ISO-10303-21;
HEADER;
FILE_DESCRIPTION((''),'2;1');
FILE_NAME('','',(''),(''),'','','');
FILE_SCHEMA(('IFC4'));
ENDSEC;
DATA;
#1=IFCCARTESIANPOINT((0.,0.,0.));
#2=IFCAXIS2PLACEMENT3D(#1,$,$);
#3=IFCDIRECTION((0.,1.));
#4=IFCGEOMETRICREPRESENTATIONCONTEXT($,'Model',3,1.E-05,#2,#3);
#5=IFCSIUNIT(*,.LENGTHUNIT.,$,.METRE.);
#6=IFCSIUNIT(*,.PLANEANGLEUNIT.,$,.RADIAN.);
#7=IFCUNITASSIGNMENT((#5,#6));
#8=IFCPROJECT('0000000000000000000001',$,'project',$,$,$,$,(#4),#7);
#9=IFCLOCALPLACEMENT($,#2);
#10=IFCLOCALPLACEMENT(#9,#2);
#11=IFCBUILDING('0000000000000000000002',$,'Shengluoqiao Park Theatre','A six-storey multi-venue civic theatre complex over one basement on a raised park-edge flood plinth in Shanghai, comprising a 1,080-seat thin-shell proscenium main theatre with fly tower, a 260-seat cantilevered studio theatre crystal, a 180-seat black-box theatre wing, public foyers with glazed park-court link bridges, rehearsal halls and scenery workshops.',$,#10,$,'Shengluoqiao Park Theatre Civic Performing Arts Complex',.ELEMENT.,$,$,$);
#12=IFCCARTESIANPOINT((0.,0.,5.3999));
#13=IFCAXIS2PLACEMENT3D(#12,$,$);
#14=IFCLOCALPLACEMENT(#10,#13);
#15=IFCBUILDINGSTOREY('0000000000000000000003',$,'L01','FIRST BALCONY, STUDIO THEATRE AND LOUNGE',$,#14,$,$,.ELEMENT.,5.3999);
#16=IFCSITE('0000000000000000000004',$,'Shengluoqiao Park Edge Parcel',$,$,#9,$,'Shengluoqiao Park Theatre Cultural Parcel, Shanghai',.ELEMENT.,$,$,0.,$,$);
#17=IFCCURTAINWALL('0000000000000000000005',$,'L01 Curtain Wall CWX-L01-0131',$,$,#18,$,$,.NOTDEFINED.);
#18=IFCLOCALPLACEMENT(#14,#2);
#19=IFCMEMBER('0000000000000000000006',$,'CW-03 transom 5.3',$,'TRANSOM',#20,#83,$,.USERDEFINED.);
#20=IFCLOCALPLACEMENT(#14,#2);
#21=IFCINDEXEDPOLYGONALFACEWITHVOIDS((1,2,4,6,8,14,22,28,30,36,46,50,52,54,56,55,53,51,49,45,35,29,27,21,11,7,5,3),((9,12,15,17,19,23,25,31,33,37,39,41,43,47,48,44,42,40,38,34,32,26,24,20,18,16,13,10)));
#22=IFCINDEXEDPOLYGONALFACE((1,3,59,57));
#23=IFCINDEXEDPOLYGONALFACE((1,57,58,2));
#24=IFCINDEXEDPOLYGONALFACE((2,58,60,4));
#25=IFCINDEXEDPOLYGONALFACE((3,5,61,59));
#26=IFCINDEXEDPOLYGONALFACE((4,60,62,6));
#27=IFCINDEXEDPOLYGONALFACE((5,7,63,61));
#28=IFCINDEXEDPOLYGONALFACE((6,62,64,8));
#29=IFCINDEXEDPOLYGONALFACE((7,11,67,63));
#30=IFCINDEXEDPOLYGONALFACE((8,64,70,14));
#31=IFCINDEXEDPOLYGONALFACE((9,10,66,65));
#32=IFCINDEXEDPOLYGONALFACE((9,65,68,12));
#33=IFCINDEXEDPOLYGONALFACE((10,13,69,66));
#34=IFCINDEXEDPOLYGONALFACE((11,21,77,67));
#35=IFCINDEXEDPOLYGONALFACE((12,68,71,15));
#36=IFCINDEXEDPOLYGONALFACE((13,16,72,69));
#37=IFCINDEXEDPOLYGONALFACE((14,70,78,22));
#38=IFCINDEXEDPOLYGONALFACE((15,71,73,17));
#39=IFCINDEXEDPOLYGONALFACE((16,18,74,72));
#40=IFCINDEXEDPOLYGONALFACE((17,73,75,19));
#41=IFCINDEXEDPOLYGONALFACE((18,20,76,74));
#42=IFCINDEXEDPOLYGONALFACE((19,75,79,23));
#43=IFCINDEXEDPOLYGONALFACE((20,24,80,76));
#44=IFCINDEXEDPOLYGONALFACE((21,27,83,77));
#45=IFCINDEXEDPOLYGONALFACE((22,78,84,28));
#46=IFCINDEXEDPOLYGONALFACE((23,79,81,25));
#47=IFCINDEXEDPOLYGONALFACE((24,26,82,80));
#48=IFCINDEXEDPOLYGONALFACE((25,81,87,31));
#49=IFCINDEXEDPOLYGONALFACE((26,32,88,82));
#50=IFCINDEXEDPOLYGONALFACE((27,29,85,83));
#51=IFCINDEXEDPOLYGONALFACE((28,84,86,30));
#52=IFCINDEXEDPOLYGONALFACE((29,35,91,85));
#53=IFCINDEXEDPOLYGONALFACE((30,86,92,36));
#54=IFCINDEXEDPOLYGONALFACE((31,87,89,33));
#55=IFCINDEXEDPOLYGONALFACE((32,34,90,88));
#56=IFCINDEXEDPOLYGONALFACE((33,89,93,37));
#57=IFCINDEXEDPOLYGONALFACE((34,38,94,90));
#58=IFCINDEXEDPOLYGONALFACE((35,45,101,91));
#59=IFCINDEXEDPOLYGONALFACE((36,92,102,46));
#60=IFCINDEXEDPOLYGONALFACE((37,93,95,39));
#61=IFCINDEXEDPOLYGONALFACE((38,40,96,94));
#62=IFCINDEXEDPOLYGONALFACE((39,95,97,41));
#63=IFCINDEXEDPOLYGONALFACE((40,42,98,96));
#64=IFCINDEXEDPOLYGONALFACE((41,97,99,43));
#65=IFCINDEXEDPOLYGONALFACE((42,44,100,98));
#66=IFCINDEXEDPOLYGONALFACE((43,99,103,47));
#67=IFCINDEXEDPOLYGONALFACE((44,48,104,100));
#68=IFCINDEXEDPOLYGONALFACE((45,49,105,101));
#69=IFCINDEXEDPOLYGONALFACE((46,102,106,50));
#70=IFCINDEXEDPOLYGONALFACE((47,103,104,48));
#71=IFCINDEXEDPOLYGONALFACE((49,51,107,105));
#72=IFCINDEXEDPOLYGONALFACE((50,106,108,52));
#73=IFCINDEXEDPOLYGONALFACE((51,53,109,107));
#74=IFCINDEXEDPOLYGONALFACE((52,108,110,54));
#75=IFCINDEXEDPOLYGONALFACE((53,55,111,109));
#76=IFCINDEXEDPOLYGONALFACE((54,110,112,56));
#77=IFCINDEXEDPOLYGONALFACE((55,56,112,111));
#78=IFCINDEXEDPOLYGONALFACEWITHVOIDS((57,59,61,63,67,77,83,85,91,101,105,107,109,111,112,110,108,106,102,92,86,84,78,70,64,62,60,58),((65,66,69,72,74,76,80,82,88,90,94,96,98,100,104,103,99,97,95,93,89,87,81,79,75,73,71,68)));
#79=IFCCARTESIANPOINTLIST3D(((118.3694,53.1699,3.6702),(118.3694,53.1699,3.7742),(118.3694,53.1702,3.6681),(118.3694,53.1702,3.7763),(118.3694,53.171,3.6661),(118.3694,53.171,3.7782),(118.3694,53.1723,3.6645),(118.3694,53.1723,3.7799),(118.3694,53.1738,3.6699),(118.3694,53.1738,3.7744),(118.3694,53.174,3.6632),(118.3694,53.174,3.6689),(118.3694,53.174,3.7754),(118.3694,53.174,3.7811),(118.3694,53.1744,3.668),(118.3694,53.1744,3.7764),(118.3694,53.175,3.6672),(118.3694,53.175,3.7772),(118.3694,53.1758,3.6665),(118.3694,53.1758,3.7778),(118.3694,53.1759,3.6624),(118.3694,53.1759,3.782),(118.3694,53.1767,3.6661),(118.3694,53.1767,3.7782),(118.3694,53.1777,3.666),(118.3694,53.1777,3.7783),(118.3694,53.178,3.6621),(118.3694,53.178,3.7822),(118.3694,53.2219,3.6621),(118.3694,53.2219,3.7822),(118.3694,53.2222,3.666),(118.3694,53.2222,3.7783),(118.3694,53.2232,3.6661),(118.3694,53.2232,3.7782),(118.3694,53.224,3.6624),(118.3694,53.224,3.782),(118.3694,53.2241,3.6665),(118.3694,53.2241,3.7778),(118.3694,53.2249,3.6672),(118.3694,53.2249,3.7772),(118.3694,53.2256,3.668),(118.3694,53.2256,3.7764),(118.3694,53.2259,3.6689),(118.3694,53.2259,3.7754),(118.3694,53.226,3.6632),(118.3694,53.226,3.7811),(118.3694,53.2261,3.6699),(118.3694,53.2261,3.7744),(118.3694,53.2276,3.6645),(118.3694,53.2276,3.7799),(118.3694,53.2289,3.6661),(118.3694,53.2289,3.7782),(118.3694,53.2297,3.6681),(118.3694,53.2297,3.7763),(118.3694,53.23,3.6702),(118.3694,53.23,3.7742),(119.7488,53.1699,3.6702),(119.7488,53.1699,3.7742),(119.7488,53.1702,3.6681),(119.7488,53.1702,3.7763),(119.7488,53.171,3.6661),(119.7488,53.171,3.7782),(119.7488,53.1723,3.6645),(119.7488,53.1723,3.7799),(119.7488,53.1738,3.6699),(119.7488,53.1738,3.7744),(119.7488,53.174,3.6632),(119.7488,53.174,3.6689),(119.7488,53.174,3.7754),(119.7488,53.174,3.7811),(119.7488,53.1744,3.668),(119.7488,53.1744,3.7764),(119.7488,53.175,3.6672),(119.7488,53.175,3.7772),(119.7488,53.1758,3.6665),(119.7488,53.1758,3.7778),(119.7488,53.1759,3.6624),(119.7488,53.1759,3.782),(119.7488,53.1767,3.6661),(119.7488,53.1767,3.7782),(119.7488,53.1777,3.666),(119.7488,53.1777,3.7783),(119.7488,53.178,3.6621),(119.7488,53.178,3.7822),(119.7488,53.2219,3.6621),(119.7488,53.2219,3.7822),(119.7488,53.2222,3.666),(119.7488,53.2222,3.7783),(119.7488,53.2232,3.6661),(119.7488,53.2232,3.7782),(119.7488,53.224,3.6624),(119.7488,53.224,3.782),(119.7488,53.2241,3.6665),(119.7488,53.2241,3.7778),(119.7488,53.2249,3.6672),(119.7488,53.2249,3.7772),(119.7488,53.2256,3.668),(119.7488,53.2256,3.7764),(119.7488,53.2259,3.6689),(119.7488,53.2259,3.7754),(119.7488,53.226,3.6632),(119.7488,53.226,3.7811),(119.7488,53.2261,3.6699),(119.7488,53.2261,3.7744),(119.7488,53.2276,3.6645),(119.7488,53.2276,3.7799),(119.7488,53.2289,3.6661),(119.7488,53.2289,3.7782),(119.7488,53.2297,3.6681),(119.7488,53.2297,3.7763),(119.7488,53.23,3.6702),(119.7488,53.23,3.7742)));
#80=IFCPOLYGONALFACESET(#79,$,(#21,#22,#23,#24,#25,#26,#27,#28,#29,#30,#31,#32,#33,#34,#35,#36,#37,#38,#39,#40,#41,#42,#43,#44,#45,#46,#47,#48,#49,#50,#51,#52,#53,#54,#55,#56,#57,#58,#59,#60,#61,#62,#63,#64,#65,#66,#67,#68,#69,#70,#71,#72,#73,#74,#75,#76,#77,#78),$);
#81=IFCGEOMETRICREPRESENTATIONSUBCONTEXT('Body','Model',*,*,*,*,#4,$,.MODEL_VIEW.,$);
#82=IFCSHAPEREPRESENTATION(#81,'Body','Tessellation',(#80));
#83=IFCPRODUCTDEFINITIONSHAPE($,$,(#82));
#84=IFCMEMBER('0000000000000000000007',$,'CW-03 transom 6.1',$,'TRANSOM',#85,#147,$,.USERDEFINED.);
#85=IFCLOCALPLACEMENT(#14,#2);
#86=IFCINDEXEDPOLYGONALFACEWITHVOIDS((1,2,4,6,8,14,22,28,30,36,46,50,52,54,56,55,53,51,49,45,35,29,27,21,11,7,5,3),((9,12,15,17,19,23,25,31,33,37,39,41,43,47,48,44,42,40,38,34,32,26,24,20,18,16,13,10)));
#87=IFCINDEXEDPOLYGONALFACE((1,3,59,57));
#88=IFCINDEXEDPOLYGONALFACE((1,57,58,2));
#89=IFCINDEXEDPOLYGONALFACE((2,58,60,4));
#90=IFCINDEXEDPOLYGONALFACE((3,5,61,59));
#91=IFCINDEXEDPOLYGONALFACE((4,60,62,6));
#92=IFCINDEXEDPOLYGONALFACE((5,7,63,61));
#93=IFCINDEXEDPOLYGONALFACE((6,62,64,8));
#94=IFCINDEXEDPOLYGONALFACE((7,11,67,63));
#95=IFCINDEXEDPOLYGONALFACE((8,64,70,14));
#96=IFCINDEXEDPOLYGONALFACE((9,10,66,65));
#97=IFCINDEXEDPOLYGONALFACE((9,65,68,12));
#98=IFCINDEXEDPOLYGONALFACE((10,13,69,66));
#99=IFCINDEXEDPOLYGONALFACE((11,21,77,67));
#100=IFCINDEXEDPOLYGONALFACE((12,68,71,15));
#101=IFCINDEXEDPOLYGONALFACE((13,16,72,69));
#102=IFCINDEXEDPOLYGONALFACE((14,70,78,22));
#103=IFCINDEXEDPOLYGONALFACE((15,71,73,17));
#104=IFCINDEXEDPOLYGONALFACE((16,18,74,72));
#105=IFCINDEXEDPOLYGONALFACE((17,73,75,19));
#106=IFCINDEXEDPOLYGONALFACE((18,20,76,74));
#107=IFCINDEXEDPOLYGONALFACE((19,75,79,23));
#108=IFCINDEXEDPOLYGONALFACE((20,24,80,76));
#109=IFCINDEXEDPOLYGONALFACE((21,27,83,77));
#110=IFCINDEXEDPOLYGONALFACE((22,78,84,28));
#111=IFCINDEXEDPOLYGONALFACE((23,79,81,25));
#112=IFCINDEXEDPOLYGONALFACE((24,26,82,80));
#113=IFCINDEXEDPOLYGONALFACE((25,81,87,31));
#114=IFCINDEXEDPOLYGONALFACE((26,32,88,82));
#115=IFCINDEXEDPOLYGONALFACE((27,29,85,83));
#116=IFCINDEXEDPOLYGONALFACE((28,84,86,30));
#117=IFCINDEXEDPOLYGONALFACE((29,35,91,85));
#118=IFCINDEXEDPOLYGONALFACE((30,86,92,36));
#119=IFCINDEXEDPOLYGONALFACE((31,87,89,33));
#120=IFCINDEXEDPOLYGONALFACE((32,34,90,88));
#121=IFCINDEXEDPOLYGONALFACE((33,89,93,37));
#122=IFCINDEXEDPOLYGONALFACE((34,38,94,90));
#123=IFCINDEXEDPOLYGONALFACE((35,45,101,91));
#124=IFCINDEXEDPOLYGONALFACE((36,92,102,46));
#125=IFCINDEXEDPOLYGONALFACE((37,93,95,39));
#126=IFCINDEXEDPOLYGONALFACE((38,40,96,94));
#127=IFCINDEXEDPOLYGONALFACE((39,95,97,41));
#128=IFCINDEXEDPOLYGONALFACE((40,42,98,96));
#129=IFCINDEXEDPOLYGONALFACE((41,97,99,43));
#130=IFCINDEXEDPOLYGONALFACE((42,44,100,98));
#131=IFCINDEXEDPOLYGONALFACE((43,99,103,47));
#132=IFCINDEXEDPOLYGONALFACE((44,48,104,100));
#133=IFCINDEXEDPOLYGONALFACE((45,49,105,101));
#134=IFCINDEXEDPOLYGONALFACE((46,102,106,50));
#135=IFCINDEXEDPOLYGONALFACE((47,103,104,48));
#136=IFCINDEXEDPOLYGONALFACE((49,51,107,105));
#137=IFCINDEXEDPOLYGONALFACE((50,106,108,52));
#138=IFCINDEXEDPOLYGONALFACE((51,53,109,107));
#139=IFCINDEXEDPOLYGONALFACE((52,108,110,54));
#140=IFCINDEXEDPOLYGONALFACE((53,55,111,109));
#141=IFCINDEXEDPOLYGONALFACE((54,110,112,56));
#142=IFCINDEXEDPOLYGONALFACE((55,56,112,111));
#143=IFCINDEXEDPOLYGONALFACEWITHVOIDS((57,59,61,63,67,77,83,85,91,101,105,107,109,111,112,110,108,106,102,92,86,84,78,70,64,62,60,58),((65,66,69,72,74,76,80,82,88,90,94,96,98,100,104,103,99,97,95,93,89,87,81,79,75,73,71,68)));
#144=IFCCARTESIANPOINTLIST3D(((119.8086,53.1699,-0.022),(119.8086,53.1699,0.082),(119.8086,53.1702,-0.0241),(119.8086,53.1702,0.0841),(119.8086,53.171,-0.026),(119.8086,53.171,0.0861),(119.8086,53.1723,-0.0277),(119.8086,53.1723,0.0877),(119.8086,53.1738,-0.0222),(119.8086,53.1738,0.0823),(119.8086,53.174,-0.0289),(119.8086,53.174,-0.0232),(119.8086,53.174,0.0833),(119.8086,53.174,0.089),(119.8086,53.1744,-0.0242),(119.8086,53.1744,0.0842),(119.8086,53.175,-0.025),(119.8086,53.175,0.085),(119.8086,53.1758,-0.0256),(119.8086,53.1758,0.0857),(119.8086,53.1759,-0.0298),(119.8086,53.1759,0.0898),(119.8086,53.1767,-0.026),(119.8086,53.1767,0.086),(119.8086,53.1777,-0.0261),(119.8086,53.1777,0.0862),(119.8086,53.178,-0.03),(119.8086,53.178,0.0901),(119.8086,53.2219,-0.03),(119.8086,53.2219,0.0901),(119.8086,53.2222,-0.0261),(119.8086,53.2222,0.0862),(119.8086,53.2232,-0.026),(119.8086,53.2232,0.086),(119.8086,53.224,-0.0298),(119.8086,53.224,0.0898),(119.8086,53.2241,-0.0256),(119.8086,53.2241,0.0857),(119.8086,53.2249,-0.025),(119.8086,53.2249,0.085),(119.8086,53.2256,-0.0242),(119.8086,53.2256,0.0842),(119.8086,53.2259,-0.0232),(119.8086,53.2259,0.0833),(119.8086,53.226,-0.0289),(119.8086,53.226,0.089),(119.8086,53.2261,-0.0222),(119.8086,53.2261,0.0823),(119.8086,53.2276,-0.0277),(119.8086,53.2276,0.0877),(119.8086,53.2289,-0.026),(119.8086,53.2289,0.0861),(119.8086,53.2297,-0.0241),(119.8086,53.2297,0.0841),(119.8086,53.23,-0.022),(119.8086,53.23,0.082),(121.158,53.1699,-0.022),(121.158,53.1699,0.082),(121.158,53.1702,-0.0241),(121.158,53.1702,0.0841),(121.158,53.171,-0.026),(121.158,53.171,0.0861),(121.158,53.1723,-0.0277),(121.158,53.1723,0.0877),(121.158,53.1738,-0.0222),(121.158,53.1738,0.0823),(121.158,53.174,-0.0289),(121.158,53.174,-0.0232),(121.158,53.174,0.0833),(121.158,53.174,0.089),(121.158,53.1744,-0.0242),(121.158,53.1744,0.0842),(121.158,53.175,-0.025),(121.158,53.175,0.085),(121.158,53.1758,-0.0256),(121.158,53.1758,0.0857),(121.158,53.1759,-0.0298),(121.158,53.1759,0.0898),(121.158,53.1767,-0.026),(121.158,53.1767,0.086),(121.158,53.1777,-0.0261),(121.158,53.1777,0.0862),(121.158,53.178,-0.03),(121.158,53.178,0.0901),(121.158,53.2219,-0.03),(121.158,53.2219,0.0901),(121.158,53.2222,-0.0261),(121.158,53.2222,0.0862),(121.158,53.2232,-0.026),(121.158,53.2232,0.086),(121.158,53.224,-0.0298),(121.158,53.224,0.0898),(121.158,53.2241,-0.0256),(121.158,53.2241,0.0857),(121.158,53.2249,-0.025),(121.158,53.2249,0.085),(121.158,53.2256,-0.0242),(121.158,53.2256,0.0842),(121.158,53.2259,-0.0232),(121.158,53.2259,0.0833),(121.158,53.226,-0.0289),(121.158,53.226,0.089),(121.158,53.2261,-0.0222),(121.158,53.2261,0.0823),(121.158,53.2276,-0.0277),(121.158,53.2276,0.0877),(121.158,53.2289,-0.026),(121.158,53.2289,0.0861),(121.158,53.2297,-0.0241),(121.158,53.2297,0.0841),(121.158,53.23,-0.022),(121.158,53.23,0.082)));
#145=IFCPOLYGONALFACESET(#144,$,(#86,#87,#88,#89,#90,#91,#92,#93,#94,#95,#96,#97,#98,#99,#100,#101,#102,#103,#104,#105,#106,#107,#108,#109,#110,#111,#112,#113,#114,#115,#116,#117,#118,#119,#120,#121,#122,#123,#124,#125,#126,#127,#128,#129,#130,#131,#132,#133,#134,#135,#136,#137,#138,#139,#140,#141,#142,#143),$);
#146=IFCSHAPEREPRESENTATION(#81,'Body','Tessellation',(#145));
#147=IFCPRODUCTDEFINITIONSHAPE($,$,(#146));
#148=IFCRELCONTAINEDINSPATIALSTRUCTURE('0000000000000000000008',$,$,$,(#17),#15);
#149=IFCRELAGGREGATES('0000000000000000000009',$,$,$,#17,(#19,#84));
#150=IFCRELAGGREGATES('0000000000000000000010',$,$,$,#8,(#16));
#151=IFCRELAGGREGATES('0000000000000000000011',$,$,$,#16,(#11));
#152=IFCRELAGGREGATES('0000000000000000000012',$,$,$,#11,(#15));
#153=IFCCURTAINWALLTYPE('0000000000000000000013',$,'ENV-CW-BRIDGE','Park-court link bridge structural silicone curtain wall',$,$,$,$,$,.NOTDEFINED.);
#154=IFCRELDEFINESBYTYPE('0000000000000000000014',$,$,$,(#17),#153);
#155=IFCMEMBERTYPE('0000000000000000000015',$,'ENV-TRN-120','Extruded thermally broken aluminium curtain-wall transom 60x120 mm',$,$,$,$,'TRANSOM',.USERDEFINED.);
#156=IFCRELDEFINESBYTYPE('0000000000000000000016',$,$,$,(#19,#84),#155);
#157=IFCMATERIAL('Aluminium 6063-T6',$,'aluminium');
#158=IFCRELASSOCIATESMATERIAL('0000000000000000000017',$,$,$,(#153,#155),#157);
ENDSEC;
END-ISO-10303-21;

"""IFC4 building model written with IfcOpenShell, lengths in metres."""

from ifc_helpers import new_model, si_unit, direction, frame, origin, origin_2d, place, context, subcontext, project, spatial, hollow_rectangle, extrude, material, material_profile, profile_set, type_object, element, aggregate, save


model = new_model("IFC4")

# Units and contexts
model_context = context("Model", 3, precision=1e-05, world=origin(), true_north=direction((0.0, 1.0)))
body_context = subcontext(model_context, "Body", "Model", "MODEL_VIEW")
ifc_project = project(units=[si_unit("LENGTHUNIT", "METRE"), si_unit("PLANEANGLEUNIT", "RADIAN")], contexts=[model_context])

# Site, building, storey
site_placement = place(None, origin())
site = spatial("IfcSite", under=ifc_project, at=site_placement, Name="Shengluoqiao Park Edge Parcel", LongName="Shengluoqiao Park Theatre Cultural Parcel, Shanghai", CompositionType="ELEMENT", RefElevation=0.0)
building_placement = place(site_placement, origin())
building = spatial("IfcBuilding", under=site, at=building_placement, Name="Shengluoqiao Park Theatre", Description="A six-storey multi-venue civic theatre complex over one basement on a raised park-edge flood plinth in Shanghai, comprising a 1,080-seat thin-shell proscenium main theatre with fly tower, a 260-seat cantilevered studio theatre crystal, a 180-seat black-box theatre wing, public foyers with glazed park-court link bridges, rehearsal halls and scenery workshops.", LongName="Shengluoqiao Park Theatre Civic Performing Arts Complex", CompositionType="ELEMENT")
storey_placement = place(building_placement, frame((0.0, 0.0, 5.3999)))
storey = spatial("IfcBuildingStorey", under=building, at=storey_placement, Name="L01", Description="FIRST BALCONY, STUDIO THEATRE AND LOUNGE", CompositionType="ELEMENT", Elevation=5.3999)

# Curtain wall
ifc_material_1 = material(Name="Aluminium 6063-T6", Category="aluminium")
curtain_wall_type = type_object("IfcCurtainWallType", Name="ENV-CW-BRIDGE", Description="Park-court link bridge structural silicone curtain wall", PredefinedType="NOTDEFINED", material=ifc_material_1)
curtain_wall_1_placement = place(storey_placement, origin())
curtain_wall_1 = element("IfcCurtainWall", 1, at=curtain_wall_1_placement, inside=storey, type_object=curtain_wall_type, Name="L01 Curtain Wall CWX-L01-0131", PredefinedType="NOTDEFINED")

# Members
ifc_material_profile_1 = material_profile(ifc_material_1, hollow_rectangle(XDim=0.0601, YDim=0.1201, WallThickness=0.0039, InnerFilletRadius=0.0039, OuterFilletRadius=0.0081, at=origin_2d()), Name="ALU TRANSOM 120x60x4")
ifc_profile_set_1 = profile_set([ifc_material_profile_1], Name="Aluminium 6063-T6")
member_type_1 = type_object("IfcMemberType", Name="ENV-TRN-120", Description="Extruded thermally broken aluminium curtain-wall transom 60x120 mm", ElementType="TRANSOM", PredefinedType="USERDEFINED", material=ifc_profile_set_1)
member_1_placement = place(storey_placement, frame((118.3694, 53.2, 3.7222), z_axis=(1.0, 0.0, 0.0), x_axis=(0.0, 1.0, 0.0)))
member_1 = element("IfcMember", 2, at=member_1_placement, type_object=member_type_1, Name="CW-03 transom 5.3", ObjectType="TRANSOM", PredefinedType="USERDEFINED", context=body_context, shape_type="SweptSolid", body=[
    extrude(hollow_rectangle(XDim=0.0601, YDim=0.1201, WallThickness=0.0039, InnerFilletRadius=0.0039, OuterFilletRadius=0.0081, at=origin_2d()), origin(), (0.0, 0.0, 1.0), 1.3794),
])
member_2_placement = place(storey_placement, frame((119.8086, 53.2, 0.03), z_axis=(1.0, 0.0, 0.0), x_axis=(0.0, 1.0, 0.0)))
member_2 = element("IfcMember", 3, at=member_2_placement, type_object=member_type_1, Name="CW-03 transom 6.1", ObjectType="TRANSOM", PredefinedType="USERDEFINED", context=body_context, shape_type="SweptSolid", body=[
    extrude(hollow_rectangle(XDim=0.0601, YDim=0.1201, WallThickness=0.0039, InnerFilletRadius=0.0039, OuterFilletRadius=0.0081, at=origin_2d()), origin(), (0.0, 0.0, 1.0), 1.3494),
])

aggregate(curtain_wall_1, [member_1, member_2])

save(model, "model.ifc")
